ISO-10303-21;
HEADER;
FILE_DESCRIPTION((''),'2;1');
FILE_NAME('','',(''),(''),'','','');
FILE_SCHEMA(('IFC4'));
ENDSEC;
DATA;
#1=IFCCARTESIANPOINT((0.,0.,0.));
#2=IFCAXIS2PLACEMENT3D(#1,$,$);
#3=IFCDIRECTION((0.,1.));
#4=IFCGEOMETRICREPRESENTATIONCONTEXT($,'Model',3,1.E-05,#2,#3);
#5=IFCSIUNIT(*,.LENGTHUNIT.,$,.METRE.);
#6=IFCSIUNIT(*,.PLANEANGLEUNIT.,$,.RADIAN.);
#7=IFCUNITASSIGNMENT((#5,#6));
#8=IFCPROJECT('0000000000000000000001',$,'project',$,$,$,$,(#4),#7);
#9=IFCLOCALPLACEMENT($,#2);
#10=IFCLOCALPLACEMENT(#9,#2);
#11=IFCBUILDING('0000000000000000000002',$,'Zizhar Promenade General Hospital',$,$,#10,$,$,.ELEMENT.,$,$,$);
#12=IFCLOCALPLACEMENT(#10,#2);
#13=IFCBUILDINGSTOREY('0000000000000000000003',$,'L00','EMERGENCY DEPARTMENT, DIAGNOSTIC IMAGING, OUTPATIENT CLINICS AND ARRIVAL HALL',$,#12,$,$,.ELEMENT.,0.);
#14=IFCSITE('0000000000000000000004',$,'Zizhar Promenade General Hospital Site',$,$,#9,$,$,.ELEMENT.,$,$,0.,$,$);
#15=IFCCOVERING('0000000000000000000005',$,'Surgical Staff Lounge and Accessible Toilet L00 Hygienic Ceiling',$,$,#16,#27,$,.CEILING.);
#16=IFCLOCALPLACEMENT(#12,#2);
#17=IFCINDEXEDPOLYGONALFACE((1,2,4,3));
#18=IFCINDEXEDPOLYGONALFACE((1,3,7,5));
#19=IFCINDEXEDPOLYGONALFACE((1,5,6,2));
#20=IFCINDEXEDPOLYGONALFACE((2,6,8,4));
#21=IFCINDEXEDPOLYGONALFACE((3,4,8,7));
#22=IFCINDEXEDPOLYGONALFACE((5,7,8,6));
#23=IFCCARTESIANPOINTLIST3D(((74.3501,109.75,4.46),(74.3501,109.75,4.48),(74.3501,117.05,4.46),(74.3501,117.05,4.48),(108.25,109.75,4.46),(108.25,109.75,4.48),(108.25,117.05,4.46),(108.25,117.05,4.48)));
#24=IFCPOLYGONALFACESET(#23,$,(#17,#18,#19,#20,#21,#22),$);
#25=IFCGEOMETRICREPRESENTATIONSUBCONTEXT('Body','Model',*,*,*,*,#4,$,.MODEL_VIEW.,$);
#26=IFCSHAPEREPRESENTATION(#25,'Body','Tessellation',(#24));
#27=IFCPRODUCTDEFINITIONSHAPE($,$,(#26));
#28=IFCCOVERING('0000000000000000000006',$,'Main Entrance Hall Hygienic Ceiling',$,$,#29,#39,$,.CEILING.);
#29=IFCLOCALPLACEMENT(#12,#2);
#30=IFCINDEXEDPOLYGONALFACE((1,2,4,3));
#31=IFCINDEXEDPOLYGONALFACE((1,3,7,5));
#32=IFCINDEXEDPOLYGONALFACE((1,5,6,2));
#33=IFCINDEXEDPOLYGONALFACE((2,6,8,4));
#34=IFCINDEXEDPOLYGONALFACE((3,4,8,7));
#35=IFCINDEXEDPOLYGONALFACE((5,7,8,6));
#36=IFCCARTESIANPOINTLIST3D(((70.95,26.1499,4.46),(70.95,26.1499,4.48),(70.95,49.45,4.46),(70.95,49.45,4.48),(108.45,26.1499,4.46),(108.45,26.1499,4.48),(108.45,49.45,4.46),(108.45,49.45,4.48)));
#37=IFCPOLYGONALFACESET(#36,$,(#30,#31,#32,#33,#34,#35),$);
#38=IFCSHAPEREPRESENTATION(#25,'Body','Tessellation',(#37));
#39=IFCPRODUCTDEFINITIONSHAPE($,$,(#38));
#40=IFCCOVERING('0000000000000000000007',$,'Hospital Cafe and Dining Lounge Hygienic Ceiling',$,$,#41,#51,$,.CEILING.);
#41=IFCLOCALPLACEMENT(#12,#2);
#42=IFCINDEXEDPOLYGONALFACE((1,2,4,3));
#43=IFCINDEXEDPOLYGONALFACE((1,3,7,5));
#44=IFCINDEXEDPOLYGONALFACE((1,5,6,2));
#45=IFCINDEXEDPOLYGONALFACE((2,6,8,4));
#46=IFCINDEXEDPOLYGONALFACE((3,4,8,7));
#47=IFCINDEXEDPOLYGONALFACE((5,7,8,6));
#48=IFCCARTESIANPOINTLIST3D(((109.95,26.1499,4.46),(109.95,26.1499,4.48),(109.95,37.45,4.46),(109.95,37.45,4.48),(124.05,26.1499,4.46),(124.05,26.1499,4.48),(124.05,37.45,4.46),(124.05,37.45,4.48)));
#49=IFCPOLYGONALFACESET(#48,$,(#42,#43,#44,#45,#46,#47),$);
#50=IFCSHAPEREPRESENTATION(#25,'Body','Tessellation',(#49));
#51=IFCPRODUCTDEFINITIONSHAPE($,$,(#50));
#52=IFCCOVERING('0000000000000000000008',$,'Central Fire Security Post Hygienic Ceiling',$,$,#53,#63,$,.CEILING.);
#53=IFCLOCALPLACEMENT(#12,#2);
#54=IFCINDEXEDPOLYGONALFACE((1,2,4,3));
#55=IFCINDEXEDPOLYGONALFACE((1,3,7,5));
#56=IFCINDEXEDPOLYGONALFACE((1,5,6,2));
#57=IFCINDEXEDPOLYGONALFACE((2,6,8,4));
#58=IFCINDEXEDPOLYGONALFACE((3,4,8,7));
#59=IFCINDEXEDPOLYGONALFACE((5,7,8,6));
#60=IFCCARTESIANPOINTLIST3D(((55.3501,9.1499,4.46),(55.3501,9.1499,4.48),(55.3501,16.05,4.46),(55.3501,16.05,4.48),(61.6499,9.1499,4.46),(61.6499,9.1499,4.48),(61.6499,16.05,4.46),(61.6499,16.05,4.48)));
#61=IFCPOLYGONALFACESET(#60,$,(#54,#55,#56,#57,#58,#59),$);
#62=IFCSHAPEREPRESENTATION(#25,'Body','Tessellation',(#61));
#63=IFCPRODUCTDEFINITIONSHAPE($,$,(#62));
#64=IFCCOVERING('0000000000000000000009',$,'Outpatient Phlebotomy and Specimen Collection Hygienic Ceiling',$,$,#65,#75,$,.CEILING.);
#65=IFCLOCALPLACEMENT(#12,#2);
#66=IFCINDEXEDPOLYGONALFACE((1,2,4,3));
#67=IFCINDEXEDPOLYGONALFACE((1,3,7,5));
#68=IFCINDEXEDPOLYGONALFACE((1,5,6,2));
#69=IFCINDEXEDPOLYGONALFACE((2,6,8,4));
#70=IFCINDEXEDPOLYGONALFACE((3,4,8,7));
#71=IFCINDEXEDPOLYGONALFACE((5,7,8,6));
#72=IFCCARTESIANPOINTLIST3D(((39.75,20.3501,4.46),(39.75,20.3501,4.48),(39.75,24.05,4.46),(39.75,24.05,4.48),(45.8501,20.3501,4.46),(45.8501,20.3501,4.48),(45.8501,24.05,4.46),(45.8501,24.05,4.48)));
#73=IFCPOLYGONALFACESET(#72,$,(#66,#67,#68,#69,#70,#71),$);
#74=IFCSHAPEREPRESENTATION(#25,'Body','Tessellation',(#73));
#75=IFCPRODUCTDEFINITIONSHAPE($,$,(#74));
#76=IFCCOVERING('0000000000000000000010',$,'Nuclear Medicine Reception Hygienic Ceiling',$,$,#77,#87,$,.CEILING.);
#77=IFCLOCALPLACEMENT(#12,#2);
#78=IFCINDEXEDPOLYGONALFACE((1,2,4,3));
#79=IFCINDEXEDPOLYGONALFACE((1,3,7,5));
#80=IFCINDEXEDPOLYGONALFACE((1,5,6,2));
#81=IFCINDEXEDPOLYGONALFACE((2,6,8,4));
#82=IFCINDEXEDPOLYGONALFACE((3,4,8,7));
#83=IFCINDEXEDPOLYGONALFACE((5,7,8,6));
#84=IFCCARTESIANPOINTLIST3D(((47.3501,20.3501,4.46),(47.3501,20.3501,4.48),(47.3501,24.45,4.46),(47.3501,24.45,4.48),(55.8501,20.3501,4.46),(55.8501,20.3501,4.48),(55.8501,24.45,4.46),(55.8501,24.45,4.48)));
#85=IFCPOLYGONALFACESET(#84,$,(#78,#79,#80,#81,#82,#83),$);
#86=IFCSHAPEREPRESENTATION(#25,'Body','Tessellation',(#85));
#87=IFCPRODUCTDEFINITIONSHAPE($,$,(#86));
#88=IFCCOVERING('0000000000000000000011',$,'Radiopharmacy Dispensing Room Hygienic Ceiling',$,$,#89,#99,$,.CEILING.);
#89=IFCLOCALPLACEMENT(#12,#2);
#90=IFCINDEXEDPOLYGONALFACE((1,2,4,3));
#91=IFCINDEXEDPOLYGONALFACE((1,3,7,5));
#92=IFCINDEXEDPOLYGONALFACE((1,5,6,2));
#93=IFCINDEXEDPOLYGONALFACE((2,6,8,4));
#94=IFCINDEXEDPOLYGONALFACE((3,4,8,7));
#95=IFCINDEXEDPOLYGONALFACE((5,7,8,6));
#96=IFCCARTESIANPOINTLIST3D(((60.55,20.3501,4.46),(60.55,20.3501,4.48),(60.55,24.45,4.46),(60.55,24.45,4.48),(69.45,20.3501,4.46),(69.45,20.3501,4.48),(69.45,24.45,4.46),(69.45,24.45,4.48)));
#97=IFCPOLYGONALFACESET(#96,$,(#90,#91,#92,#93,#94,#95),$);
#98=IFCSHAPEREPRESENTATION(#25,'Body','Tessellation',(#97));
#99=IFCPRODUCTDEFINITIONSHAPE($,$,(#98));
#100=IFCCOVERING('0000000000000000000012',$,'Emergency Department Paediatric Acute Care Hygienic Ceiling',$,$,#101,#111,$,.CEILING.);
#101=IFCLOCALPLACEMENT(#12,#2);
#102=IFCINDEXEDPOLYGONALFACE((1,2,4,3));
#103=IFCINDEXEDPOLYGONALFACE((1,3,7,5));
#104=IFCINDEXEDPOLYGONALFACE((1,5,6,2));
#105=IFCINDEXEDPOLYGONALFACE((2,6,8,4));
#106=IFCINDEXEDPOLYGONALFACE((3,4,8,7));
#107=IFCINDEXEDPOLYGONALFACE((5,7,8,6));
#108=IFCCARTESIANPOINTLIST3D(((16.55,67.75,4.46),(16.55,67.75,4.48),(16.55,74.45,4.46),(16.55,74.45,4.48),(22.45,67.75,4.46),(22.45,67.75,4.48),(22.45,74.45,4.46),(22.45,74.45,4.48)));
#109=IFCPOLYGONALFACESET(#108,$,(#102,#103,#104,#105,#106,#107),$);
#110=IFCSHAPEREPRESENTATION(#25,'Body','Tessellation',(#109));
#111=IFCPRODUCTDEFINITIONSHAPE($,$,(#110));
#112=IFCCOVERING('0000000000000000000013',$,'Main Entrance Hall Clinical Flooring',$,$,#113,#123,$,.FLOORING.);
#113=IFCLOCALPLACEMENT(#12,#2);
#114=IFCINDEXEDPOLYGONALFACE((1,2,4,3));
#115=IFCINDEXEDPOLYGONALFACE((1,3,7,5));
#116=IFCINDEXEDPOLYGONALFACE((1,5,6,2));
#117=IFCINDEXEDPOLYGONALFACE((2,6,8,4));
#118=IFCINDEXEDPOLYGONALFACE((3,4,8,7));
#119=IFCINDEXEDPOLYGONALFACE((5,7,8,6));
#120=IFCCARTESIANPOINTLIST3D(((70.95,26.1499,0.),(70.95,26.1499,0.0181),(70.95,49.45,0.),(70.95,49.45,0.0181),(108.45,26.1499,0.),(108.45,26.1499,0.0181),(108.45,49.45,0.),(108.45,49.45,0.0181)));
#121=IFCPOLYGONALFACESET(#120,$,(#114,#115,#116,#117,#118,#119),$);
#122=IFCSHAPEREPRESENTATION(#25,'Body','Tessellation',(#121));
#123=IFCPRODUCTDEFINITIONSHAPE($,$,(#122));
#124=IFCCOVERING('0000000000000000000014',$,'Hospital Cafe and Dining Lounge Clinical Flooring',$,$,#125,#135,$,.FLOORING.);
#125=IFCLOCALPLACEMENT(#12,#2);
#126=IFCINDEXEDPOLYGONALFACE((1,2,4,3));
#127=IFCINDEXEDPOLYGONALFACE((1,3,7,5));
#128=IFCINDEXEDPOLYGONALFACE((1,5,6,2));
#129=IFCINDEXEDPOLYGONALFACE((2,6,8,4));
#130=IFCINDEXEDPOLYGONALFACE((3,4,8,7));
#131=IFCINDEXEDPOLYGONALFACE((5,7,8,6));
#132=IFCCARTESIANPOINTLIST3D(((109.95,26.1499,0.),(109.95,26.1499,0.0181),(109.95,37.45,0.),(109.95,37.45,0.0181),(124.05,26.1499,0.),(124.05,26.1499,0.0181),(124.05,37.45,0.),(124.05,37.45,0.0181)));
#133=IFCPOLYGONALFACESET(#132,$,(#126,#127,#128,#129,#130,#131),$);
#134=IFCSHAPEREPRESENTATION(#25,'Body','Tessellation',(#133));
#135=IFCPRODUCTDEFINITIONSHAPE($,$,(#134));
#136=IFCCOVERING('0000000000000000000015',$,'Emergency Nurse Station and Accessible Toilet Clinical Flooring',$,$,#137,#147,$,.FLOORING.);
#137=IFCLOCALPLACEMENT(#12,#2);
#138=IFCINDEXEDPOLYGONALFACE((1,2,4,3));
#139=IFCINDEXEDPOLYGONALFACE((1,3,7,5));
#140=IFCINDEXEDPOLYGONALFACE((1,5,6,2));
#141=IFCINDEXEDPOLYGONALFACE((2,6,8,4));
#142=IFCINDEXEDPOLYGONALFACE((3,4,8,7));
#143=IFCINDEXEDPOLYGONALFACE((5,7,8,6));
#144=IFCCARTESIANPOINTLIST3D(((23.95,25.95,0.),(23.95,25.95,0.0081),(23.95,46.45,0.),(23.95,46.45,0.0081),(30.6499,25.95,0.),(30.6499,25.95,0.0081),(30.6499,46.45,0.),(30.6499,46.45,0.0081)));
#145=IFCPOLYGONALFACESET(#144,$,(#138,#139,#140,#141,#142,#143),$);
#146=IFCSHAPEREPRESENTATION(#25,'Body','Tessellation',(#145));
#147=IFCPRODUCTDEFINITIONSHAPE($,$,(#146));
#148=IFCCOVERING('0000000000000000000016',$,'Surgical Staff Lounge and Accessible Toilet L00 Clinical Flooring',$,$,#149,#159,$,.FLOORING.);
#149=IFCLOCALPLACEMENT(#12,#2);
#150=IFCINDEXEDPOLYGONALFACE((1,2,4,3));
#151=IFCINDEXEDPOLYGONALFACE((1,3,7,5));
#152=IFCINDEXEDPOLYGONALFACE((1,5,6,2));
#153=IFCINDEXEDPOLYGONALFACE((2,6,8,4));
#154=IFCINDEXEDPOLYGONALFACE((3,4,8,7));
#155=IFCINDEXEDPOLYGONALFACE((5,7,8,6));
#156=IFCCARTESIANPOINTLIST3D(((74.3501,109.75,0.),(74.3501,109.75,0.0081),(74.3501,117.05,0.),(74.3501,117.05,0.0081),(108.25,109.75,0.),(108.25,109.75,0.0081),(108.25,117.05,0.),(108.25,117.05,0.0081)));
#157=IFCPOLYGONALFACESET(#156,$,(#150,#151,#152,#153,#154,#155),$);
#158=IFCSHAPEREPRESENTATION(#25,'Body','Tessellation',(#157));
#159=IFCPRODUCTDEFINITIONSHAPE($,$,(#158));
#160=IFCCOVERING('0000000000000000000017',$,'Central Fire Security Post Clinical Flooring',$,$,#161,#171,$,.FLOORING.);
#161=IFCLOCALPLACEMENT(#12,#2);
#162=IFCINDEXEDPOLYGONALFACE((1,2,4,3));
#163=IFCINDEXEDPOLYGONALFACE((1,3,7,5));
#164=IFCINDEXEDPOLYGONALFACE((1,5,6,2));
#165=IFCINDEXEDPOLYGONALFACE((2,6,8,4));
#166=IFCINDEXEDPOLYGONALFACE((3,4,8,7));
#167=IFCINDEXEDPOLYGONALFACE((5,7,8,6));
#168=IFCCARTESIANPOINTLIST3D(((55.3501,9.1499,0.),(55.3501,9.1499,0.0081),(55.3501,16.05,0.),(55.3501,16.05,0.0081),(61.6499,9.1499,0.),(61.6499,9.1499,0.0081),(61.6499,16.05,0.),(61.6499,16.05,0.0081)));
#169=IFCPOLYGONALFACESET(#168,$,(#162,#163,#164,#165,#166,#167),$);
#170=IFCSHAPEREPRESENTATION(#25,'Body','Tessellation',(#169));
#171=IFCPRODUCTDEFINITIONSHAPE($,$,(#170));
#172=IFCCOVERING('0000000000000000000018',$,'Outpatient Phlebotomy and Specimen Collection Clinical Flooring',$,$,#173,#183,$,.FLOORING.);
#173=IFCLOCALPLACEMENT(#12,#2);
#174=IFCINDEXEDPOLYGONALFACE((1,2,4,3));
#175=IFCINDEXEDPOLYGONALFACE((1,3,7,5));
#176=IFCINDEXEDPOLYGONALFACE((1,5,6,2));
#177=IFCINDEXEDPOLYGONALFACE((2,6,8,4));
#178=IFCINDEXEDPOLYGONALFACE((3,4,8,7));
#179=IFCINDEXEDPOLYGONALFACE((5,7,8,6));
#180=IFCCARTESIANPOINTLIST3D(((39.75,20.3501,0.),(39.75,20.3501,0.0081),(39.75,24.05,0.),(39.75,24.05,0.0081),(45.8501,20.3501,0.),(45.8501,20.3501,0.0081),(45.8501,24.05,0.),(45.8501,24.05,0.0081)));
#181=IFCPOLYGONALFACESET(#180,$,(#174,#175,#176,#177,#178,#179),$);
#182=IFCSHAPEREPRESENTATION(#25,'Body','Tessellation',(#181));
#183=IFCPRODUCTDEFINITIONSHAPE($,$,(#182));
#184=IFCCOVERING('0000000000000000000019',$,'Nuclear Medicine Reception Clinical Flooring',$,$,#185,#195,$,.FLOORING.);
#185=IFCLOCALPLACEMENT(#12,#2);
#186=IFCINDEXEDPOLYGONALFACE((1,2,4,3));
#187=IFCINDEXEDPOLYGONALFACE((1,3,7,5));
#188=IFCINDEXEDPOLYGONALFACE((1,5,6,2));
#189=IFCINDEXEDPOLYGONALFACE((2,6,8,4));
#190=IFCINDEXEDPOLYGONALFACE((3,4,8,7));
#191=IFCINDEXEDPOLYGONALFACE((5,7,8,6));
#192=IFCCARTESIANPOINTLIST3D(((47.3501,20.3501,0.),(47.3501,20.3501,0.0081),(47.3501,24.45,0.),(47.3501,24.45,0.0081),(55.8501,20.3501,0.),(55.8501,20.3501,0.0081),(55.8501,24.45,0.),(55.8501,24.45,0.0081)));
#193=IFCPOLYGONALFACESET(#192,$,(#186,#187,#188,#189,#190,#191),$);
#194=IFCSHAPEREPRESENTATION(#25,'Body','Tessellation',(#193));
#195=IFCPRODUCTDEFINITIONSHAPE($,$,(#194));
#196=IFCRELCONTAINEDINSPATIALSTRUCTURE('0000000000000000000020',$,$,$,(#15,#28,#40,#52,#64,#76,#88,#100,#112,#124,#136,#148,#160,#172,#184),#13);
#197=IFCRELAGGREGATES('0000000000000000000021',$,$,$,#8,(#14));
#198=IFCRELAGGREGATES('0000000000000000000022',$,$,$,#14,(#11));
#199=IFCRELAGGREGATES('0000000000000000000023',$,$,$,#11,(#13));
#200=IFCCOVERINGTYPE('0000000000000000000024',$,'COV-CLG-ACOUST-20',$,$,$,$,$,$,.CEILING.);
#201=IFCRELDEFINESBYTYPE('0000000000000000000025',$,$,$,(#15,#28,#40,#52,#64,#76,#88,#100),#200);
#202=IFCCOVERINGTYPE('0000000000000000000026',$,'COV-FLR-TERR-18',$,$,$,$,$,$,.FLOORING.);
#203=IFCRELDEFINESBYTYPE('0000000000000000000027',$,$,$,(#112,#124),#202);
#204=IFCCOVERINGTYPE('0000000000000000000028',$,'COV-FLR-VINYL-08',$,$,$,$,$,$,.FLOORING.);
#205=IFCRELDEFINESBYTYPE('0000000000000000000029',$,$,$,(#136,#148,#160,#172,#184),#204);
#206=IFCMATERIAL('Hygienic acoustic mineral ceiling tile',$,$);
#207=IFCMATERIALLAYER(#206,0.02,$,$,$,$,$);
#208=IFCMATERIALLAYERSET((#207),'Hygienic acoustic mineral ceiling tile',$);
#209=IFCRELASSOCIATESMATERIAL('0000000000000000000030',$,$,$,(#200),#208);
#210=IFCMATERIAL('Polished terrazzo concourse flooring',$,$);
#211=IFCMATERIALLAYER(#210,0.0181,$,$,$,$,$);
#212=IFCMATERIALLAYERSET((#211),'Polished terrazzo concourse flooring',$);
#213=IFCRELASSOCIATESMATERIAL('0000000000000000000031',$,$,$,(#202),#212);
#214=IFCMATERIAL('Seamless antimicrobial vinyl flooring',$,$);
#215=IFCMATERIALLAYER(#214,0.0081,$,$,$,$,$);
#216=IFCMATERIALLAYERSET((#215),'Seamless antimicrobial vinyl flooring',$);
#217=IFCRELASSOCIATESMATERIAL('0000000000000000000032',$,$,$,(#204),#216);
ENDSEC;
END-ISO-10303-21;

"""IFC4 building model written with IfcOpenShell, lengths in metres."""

from ifc_helpers import new_model, si_unit, direction, frame, origin, place, context, subcontext, project, spatial, polyline, outline, extrude, material, layer, layer_set, type_object, element, save


model = new_model("IFC4")

# Units and contexts
model_context = context("Model", 3, precision=1e-05, world=origin(), true_north=direction((0.0, 1.0)))
body_context = subcontext(model_context, "Body", "Model", "MODEL_VIEW")
ifc_project = project(units=[si_unit("LENGTHUNIT", "METRE"), si_unit("PLANEANGLEUNIT", "RADIAN")], contexts=[model_context])

# Site, building, storey
site_placement = place(None, origin())
site = spatial("IfcSite", under=ifc_project, at=site_placement, Name="Zizhar Promenade General Hospital Site", CompositionType="ELEMENT", RefElevation=0.0)
building_placement = place(site_placement, origin())
building = spatial("IfcBuilding", under=site, at=building_placement, Name="Zizhar Promenade General Hospital", CompositionType="ELEMENT")
storey_placement = place(building_placement, origin())
storey = spatial("IfcBuildingStorey", under=building, at=storey_placement, Name="L00", Description="EMERGENCY DEPARTMENT, DIAGNOSTIC IMAGING, OUTPATIENT CLINICS AND ARRIVAL HALL", CompositionType="ELEMENT", Elevation=0.0)

# Coverings
ifc_material_1 = material(Name="Hygienic acoustic mineral ceiling tile")
ifc_layer_1 = layer(ifc_material_1, 0.02)
ifc_layer_set_1 = layer_set([ifc_layer_1], Name="Hygienic acoustic mineral ceiling tile")
covering_type_1 = type_object("IfcCoveringType", Name="COV-CLG-ACOUST-20", PredefinedType="CEILING", material=ifc_layer_set_1)
covering_1_placement = place(storey_placement, frame((0.0, 0.0, 4.46)))
element("IfcCovering", 1, at=covering_1_placement, inside=storey, type_object=covering_type_1, Name="Surgical Staff Lounge and Accessible Toilet L00 Hygienic Ceiling", PredefinedType="CEILING", context=body_context, shape_type="SweptSolid", body=[
    extrude(outline(polyline([(74.3501, 109.75), (108.25, 109.75), (108.25, 117.05), (74.3501, 117.05), (74.3501, 109.75)])), origin(), (0.0, 0.0, 1.0), 0.02),
])
covering_2_placement = place(storey_placement, frame((0.0, 0.0, 4.46)))
element("IfcCovering", 2, at=covering_2_placement, inside=storey, type_object=covering_type_1, Name="Main Entrance Hall Hygienic Ceiling", PredefinedType="CEILING", context=body_context, shape_type="SweptSolid", body=[
    extrude(outline(polyline([(70.95, 26.1499), (108.45, 26.1499), (108.45, 49.45), (70.95, 49.45), (70.95, 26.1499)])), origin(), (0.0, 0.0, 1.0), 0.02),
])
covering_3_placement = place(storey_placement, frame((0.0, 0.0, 4.46)))
element("IfcCovering", 3, at=covering_3_placement, inside=storey, type_object=covering_type_1, Name="Hospital Cafe and Dining Lounge Hygienic Ceiling", PredefinedType="CEILING", context=body_context, shape_type="SweptSolid", body=[
    extrude(outline(polyline([(109.95, 26.1499), (124.05, 26.1499), (124.05, 37.45), (109.95, 37.45), (109.95, 26.1499)])), origin(), (0.0, 0.0, 1.0), 0.02),
])
covering_4_placement = place(storey_placement, frame((0.0, 0.0, 4.46)))
element("IfcCovering", 4, at=covering_4_placement, inside=storey, type_object=covering_type_1, Name="Central Fire Security Post Hygienic Ceiling", PredefinedType="CEILING", context=body_context, shape_type="SweptSolid", body=[
    extrude(outline(polyline([(55.3501, 9.1499), (61.6499, 9.1499), (61.6499, 16.05), (55.3501, 16.05), (55.3501, 9.1499)])), origin(), (0.0, 0.0, 1.0), 0.02),
])
covering_5_placement = place(storey_placement, frame((0.0, 0.0, 4.46)))
element("IfcCovering", 5, at=covering_5_placement, inside=storey, type_object=covering_type_1, Name="Outpatient Phlebotomy and Specimen Collection Hygienic Ceiling", PredefinedType="CEILING", context=body_context, shape_type="SweptSolid", body=[
    extrude(outline(polyline([(39.75, 20.3501), (45.8501, 20.3501), (45.8501, 24.05), (39.75, 24.05), (39.75, 20.3501)])), origin(), (0.0, 0.0, 1.0), 0.02),
])
covering_6_placement = place(storey_placement, frame((0.0, 0.0, 4.46)))
element("IfcCovering", 6, at=covering_6_placement, inside=storey, type_object=covering_type_1, Name="Nuclear Medicine Reception Hygienic Ceiling", PredefinedType="CEILING", context=body_context, shape_type="SweptSolid", body=[
    extrude(outline(polyline([(47.3501, 20.3501), (55.8501, 20.3501), (55.8501, 24.45), (47.3501, 24.45), (47.3501, 20.3501)])), origin(), (0.0, 0.0, 1.0), 0.02),
])
covering_7_placement = place(storey_placement, frame((0.0, 0.0, 4.46)))
element("IfcCovering", 7, at=covering_7_placement, inside=storey, type_object=covering_type_1, Name="Radiopharmacy Dispensing Room Hygienic Ceiling", PredefinedType="CEILING", context=body_context, shape_type="SweptSolid", body=[
    extrude(outline(polyline([(60.55, 20.3501), (69.45, 20.3501), (69.45, 24.45), (60.55, 24.45), (60.55, 20.3501)])), origin(), (0.0, 0.0, 1.0), 0.02),
])
covering_8_placement = place(storey_placement, frame((0.0, 0.0, 4.46)))
element("IfcCovering", 8, at=covering_8_placement, inside=storey, type_object=covering_type_1, Name="Emergency Department Paediatric Acute Care Hygienic Ceiling", PredefinedType="CEILING", context=body_context, shape_type="SweptSolid", body=[
    extrude(outline(polyline([(16.55, 67.75), (22.45, 67.75), (22.45, 74.45), (16.55, 74.45), (16.55, 67.75)])), origin(), (0.0, 0.0, 1.0), 0.02),
])
ifc_material_2 = material(Name="Polished terrazzo concourse flooring")
ifc_layer_2 = layer(ifc_material_2, 0.0181)
ifc_layer_set_2 = layer_set([ifc_layer_2], Name="Polished terrazzo concourse flooring")
covering_type_2 = type_object("IfcCoveringType", Name="COV-FLR-TERR-18", PredefinedType="FLOORING", material=ifc_layer_set_2)
covering_9_placement = place(storey_placement, origin())
element("IfcCovering", 9, at=covering_9_placement, inside=storey, type_object=covering_type_2, Name="Main Entrance Hall Clinical Flooring", PredefinedType="FLOORING", context=body_context, shape_type="SweptSolid", body=[
    extrude(outline(polyline([(70.95, 26.1499), (108.45, 26.1499), (108.45, 49.45), (70.95, 49.45), (70.95, 26.1499)])), origin(), (0.0, 0.0, 1.0), 0.0181),
])
covering_10_placement = place(storey_placement, origin())
element("IfcCovering", 10, at=covering_10_placement, inside=storey, type_object=covering_type_2, Name="Hospital Cafe and Dining Lounge Clinical Flooring", PredefinedType="FLOORING", context=body_context, shape_type="SweptSolid", body=[
    extrude(outline(polyline([(109.95, 26.1499), (124.05, 26.1499), (124.05, 37.45), (109.95, 37.45), (109.95, 26.1499)])), origin(), (0.0, 0.0, 1.0), 0.0181),
])
ifc_material_3 = material(Name="Seamless antimicrobial vinyl flooring")
ifc_layer_3 = layer(ifc_material_3, 0.0081)
ifc_layer_set_3 = layer_set([ifc_layer_3], Name="Seamless antimicrobial vinyl flooring")
covering_type_3 = type_object("IfcCoveringType", Name="COV-FLR-VINYL-08", PredefinedType="FLOORING", material=ifc_layer_set_3)
covering_11_placement = place(storey_placement, origin())
element("IfcCovering", 11, at=covering_11_placement, inside=storey, type_object=covering_type_3, Name="Emergency Nurse Station and Accessible Toilet Clinical Flooring", PredefinedType="FLOORING", context=body_context, shape_type="SweptSolid", body=[
    extrude(outline(polyline([(23.95, 25.95), (30.6499, 25.95), (30.6499, 46.45), (23.95, 46.45), (23.95, 25.95)])), origin(), (0.0, 0.0, 1.0), 0.0081),
])
covering_12_placement = place(storey_placement, origin())
element("IfcCovering", 12, at=covering_12_placement, inside=storey, type_object=covering_type_3, Name="Surgical Staff Lounge and Accessible Toilet L00 Clinical Flooring", PredefinedType="FLOORING", context=body_context, shape_type="SweptSolid", body=[
    extrude(outline(polyline([(74.3501, 109.75), (108.25, 109.75), (108.25, 117.05), (74.3501, 117.05), (74.3501, 109.75)])), origin(), (0.0, 0.0, 1.0), 0.0081),
])
covering_13_placement = place(storey_placement, origin())
element("IfcCovering", 13, at=covering_13_placement, inside=storey, type_object=covering_type_3, Name="Central Fire Security Post Clinical Flooring", PredefinedType="FLOORING", context=body_context, shape_type="SweptSolid", body=[
    extrude(outline(polyline([(55.3501, 9.1499), (61.6499, 9.1499), (61.6499, 16.05), (55.3501, 16.05), (55.3501, 9.1499)])), origin(), (0.0, 0.0, 1.0), 0.0081),
])
covering_14_placement = place(storey_placement, origin())
element("IfcCovering", 14, at=covering_14_placement, inside=storey, type_object=covering_type_3, Name="Outpatient Phlebotomy and Specimen Collection Clinical Flooring", PredefinedType="FLOORING", context=body_context, shape_type="SweptSolid", body=[
    extrude(outline(polyline([(39.75, 20.3501), (45.8501, 20.3501), (45.8501, 24.05), (39.75, 24.05), (39.75, 20.3501)])), origin(), (0.0, 0.0, 1.0), 0.0081),
])
covering_15_placement = place(storey_placement, origin())
element("IfcCovering", 15, at=covering_15_placement, inside=storey, type_object=covering_type_3, Name="Nuclear Medicine Reception Clinical Flooring", PredefinedType="FLOORING", context=body_context, shape_type="SweptSolid", body=[
    extrude(outline(polyline([(47.3501, 20.3501), (55.8501, 20.3501), (55.8501, 24.45), (47.3501, 24.45), (47.3501, 20.3501)])), origin(), (0.0, 0.0, 1.0), 0.0081),
])

save(model, "model.ifc")
